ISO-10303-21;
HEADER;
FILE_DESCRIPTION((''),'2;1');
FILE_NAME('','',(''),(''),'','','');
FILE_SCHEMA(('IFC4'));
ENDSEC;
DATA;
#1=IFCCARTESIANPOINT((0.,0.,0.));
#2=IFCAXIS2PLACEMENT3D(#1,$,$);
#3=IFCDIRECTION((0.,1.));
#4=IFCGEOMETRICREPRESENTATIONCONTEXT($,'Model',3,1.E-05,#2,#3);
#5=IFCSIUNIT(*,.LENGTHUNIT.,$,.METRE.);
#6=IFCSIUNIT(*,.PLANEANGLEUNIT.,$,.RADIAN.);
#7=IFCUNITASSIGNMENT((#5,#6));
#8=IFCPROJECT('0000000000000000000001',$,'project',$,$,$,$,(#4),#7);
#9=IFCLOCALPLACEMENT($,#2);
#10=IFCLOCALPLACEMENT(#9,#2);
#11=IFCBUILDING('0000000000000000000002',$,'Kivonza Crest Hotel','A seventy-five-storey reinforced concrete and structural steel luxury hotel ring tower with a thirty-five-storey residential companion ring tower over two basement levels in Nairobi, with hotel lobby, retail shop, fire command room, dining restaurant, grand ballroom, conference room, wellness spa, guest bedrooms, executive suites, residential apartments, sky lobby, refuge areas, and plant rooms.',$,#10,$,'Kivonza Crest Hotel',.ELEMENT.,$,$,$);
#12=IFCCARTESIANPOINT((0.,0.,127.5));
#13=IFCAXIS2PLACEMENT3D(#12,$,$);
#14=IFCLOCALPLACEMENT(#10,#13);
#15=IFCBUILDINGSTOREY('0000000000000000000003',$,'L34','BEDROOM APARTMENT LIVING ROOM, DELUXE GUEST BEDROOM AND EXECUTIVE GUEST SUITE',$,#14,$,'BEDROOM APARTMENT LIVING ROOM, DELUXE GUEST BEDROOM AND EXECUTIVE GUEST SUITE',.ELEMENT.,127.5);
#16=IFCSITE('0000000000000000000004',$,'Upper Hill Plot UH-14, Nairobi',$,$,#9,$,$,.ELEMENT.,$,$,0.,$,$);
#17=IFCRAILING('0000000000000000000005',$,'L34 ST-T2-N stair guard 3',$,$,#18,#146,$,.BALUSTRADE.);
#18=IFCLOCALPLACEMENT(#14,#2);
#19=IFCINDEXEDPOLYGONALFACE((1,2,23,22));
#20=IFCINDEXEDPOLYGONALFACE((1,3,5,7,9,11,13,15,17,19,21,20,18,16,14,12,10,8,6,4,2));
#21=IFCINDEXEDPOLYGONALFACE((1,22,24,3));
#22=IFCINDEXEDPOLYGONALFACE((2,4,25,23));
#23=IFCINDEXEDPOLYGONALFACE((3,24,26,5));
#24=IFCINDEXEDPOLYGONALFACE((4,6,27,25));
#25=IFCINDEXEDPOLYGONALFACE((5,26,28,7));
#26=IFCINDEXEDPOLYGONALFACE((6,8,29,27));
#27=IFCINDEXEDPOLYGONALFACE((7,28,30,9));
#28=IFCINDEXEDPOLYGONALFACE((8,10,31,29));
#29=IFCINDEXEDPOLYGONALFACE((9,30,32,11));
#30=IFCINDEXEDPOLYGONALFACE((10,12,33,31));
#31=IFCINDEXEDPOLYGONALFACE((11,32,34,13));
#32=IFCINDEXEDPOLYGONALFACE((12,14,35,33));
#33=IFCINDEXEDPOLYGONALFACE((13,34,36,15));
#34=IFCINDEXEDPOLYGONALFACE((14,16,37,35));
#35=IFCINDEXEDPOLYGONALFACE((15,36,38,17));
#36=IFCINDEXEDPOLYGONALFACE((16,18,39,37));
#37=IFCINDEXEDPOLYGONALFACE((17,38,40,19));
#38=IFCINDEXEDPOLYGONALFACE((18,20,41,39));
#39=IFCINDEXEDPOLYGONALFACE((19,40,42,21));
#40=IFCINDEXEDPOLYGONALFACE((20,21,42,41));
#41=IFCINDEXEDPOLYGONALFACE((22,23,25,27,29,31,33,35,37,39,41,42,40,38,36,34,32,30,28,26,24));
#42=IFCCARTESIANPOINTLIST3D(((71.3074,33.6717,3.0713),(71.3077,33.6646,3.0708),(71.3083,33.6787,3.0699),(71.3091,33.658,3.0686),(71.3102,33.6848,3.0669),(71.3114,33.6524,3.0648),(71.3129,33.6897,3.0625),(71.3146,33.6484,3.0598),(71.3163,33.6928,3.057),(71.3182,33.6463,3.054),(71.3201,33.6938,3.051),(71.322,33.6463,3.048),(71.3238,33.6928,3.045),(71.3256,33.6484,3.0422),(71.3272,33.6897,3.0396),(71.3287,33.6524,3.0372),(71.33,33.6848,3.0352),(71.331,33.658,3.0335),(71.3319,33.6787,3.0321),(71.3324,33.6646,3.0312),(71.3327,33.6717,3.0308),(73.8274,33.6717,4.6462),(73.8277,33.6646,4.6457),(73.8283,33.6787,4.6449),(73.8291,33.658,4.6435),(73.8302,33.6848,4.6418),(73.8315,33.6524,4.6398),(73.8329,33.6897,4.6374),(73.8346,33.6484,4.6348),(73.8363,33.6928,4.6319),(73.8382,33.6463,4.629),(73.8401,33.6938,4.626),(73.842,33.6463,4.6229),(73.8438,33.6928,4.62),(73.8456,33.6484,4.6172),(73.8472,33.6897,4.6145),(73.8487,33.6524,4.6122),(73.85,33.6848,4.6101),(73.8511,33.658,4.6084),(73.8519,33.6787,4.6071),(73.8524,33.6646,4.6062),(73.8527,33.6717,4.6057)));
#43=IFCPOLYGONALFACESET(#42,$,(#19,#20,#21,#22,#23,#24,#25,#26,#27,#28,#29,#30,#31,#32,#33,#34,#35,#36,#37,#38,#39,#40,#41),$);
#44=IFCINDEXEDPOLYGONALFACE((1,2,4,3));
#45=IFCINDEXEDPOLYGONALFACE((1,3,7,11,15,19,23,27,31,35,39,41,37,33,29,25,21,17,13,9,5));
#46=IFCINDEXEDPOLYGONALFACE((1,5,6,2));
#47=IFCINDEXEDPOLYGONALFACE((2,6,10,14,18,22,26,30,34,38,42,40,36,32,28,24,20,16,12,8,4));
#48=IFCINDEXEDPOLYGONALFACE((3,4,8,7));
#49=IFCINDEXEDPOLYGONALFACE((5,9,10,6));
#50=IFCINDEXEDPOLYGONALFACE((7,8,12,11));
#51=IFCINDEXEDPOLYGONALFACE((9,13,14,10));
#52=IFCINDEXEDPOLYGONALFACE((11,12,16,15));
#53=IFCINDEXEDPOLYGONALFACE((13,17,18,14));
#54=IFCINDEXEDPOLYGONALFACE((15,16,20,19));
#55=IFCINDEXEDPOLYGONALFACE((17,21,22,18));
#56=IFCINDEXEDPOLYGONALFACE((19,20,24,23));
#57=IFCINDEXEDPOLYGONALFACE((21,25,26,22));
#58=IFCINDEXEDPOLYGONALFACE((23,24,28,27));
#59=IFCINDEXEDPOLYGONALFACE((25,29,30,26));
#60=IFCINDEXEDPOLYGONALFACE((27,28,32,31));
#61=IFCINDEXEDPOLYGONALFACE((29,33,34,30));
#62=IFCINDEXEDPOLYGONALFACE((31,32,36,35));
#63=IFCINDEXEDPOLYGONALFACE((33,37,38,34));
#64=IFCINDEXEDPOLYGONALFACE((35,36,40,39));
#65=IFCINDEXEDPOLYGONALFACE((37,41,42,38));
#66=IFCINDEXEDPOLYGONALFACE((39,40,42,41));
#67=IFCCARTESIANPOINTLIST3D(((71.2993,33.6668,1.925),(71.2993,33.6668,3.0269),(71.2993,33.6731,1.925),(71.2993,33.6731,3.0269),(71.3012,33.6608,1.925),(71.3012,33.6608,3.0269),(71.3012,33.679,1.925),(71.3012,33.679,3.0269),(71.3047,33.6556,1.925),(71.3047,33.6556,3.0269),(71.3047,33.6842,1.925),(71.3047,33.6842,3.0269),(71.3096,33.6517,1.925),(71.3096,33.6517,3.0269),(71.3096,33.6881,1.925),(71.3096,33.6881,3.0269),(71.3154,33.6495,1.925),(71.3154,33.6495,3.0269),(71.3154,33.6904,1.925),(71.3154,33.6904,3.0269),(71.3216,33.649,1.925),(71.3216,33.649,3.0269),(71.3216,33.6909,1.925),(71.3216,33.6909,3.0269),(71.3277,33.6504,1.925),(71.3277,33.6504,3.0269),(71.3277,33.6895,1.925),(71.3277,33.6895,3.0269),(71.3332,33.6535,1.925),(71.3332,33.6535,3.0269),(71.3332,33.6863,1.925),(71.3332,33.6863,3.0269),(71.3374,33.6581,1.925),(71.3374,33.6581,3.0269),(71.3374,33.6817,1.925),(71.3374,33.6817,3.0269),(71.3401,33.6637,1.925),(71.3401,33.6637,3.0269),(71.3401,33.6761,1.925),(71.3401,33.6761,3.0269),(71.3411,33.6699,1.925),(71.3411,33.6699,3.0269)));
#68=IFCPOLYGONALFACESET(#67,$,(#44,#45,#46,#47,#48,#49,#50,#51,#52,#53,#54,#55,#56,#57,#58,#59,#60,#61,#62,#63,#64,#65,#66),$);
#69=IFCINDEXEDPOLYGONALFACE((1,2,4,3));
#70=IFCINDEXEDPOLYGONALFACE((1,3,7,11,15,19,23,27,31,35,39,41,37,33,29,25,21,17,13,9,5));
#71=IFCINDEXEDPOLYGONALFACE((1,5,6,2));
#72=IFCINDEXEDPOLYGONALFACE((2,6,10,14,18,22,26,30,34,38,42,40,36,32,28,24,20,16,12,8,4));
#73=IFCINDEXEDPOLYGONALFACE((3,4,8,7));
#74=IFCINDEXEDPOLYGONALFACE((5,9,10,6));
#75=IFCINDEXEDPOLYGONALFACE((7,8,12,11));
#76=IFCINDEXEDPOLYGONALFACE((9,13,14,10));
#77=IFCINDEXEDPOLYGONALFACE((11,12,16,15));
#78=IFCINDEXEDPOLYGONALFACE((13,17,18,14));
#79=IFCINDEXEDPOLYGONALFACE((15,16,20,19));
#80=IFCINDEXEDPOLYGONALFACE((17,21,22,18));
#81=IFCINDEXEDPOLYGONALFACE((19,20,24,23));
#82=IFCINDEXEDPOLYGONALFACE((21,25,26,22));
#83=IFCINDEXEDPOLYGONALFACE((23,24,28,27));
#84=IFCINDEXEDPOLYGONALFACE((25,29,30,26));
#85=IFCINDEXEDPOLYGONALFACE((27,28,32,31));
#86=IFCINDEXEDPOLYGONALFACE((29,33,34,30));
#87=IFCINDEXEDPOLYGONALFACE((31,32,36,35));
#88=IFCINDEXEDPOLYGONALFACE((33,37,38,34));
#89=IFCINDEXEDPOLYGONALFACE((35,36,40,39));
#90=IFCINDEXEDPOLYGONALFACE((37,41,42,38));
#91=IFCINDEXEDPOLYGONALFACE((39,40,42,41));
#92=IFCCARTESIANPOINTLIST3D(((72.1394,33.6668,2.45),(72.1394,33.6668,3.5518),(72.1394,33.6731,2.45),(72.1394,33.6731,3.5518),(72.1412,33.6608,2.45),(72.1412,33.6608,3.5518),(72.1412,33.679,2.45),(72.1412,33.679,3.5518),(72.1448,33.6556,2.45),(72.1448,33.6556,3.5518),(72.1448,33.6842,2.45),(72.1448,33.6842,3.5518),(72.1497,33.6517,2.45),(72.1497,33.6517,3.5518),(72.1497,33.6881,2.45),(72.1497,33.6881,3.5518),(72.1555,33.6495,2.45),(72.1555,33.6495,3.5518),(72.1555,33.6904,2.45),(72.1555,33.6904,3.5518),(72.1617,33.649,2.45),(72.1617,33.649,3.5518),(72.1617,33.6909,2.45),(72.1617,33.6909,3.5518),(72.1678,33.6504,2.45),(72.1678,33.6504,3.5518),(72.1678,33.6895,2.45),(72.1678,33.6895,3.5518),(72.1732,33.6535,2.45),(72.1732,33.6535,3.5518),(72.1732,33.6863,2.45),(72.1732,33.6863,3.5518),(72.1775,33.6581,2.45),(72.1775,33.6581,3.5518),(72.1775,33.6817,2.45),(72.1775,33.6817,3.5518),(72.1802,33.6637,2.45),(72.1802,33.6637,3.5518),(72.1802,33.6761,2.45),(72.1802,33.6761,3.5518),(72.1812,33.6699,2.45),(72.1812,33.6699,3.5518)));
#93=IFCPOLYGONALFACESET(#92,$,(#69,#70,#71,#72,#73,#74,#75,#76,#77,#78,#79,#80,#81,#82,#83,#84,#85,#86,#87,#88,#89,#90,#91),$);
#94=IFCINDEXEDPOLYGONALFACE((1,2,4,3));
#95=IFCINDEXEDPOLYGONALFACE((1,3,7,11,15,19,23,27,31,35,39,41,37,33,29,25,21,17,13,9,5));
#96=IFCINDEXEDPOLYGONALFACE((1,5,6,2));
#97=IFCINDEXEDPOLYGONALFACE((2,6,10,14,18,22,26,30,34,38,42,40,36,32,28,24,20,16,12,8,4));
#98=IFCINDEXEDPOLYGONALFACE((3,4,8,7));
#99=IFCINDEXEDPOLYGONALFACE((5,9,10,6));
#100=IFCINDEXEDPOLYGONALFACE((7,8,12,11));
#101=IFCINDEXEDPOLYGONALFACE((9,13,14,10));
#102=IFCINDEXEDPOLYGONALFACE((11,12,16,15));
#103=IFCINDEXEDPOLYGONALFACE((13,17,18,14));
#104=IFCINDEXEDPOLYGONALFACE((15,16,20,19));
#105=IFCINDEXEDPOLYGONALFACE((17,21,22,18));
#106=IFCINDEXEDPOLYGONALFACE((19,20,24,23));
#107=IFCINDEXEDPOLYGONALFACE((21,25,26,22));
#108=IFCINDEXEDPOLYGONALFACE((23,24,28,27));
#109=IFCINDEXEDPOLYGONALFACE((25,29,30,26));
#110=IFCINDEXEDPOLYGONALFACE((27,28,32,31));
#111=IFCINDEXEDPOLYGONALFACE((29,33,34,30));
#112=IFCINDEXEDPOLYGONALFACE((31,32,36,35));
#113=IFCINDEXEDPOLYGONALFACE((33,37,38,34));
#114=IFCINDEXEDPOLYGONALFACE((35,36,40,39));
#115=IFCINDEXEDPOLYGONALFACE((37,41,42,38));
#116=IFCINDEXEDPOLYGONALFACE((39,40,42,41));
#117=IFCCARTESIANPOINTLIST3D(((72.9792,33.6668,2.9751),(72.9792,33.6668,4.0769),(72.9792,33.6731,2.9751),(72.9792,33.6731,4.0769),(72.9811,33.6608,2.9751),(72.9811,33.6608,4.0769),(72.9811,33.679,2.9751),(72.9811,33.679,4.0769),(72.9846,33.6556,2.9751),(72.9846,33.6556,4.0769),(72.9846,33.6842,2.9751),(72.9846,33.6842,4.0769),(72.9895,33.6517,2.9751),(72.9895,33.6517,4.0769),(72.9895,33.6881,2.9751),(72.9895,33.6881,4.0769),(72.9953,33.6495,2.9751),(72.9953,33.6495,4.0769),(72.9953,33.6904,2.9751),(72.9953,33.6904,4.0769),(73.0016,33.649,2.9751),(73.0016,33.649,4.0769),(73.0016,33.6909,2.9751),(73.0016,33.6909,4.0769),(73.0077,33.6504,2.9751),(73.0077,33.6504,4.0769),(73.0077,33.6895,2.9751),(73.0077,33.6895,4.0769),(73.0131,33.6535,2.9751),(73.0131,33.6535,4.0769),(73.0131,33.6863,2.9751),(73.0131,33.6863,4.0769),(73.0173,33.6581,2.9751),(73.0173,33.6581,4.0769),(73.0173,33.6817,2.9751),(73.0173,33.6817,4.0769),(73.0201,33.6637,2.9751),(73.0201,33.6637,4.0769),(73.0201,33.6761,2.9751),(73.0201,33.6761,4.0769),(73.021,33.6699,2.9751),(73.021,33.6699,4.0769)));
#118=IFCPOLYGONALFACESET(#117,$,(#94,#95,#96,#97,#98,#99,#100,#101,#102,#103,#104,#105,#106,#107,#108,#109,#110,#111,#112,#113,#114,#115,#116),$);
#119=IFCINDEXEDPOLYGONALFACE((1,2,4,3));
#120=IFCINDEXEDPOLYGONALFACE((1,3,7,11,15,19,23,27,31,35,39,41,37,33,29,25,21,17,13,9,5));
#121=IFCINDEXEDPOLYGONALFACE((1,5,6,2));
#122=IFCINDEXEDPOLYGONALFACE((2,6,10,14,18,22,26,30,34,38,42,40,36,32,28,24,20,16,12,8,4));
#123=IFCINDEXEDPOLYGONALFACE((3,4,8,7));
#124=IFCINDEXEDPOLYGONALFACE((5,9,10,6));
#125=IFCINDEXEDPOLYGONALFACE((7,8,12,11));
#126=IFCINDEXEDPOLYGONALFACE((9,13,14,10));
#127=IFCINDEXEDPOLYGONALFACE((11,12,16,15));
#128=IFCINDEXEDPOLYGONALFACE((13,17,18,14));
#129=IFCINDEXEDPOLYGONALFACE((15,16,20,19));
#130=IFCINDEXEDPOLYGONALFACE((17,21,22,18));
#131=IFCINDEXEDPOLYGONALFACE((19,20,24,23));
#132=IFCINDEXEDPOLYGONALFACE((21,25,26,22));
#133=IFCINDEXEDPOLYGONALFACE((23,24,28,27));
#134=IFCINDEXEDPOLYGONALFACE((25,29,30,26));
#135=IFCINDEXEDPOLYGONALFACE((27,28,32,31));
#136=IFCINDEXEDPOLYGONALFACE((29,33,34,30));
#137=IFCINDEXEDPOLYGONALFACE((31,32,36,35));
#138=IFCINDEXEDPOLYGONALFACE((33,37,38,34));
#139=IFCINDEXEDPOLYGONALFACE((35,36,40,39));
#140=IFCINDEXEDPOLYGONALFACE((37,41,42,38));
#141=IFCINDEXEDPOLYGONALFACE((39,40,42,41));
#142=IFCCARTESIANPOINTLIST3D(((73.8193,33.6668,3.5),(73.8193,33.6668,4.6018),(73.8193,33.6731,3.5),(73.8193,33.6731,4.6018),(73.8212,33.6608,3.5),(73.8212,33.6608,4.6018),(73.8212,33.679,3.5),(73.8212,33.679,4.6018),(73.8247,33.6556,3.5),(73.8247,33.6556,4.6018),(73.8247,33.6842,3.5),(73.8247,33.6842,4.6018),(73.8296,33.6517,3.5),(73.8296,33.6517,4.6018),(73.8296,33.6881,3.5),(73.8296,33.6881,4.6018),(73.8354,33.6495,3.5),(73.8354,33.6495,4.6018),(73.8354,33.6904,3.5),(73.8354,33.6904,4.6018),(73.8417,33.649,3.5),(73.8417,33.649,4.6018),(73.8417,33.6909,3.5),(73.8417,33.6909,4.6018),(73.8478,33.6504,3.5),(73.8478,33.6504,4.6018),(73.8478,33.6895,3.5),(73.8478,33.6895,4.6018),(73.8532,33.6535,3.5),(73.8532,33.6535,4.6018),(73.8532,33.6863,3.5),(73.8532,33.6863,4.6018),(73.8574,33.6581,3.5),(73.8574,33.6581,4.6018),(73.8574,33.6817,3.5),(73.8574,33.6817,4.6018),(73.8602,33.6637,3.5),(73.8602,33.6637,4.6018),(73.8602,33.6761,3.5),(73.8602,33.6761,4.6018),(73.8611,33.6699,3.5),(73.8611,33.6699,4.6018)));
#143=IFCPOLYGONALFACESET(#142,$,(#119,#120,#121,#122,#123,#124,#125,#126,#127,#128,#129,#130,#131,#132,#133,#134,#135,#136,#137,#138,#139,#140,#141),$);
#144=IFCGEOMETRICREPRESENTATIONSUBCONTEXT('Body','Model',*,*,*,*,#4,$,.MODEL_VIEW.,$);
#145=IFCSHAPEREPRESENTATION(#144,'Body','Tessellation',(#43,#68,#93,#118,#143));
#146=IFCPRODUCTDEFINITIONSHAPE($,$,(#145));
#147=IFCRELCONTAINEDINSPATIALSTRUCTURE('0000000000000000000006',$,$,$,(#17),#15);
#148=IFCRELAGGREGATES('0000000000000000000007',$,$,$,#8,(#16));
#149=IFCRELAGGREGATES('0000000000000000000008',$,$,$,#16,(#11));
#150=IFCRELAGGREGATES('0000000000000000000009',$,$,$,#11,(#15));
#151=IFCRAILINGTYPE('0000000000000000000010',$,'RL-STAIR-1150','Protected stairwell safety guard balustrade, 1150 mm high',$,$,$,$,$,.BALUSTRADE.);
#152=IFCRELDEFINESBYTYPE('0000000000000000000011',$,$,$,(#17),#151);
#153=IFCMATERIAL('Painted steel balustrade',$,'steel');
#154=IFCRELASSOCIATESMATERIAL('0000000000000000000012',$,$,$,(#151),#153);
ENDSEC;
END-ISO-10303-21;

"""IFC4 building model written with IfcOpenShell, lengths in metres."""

from ifc_helpers import new_model, si_unit, direction, frame, origin, origin_2d, place, context, subcontext, project, spatial, circle, extrude, material, type_object, element, save


model = new_model("IFC4")

# Units and contexts
model_context = context("Model", 3, precision=1e-05, world=origin(), true_north=direction((0.0, 1.0)))
body_context = subcontext(model_context, "Body", "Model", "MODEL_VIEW")
ifc_project = project(units=[si_unit("LENGTHUNIT", "METRE"), si_unit("PLANEANGLEUNIT", "RADIAN")], contexts=[model_context])

# Site, building, storey
site_placement = place(None, origin())
site = spatial("IfcSite", under=ifc_project, at=site_placement, Name="Upper Hill Plot UH-14, Nairobi", CompositionType="ELEMENT", RefElevation=0.0)
building_placement = place(site_placement, origin())
building = spatial("IfcBuilding", under=site, at=building_placement, Name="Kivonza Crest Hotel", Description="A seventy-five-storey reinforced concrete and structural steel luxury hotel ring tower with a thirty-five-storey residential companion ring tower over two basement levels in Nairobi, with hotel lobby, retail shop, fire command room, dining restaurant, grand ballroom, conference room, wellness spa, guest bedrooms, executive suites, residential apartments, sky lobby, refuge areas, and plant rooms.", LongName="Kivonza Crest Hotel", CompositionType="ELEMENT")
storey_placement = place(building_placement, frame((0.0, 0.0, 127.5)))
storey = spatial("IfcBuildingStorey", under=building, at=storey_placement, Name="L34", Description="BEDROOM APARTMENT LIVING ROOM, DELUXE GUEST BEDROOM AND EXECUTIVE GUEST SUITE", LongName="BEDROOM APARTMENT LIVING ROOM, DELUXE GUEST BEDROOM AND EXECUTIVE GUEST SUITE", CompositionType="ELEMENT", Elevation=127.5)

# Railing
ifc_material_1 = material(Name="Painted steel balustrade", Category="steel")
railing_type = type_object("IfcRailingType", Name="RL-STAIR-1150", Description="Protected stairwell safety guard balustrade, 1150 mm high", PredefinedType="BALUSTRADE", material=ifc_material_1)
railing_1_placement = place(storey_placement, frame((71.3201, 33.6699, 1.925)))
element("IfcRailing", 1, at=railing_1_placement, inside=storey, type_object=railing_type, Name="L34 ST-T2-N stair guard 3", PredefinedType="BALUSTRADE", context=body_context, shape_type="SweptSolid", body=[
    extrude(circle(Radius=0.0239, at=origin_2d()), frame((0.0, 0.0, 1.126), z_axis=(0.848008, 0.0, 0.529984), x_axis=(0.0, 1.0, 0.0)), (0.0, 0.0, 1.0), 2.9717),
    extrude(circle(Radius=0.021, at=origin_2d()), origin(), (0.0, 0.0, 1.0), 1.1018),
    extrude(circle(Radius=0.021, at=origin_2d()), frame((0.8401, 0.0, 0.5249)), (0.0, 0.0, 1.0), 1.1018),
    extrude(circle(Radius=0.021, at=origin_2d()), frame((1.6799, 0.0, 1.05)), (0.0, 0.0, 1.0), 1.1018),
    extrude(circle(Radius=0.021, at=origin_2d()), frame((2.52, 0.0, 1.575)), (0.0, 0.0, 1.0), 1.1018),
])

save(model, "model.ifc")
